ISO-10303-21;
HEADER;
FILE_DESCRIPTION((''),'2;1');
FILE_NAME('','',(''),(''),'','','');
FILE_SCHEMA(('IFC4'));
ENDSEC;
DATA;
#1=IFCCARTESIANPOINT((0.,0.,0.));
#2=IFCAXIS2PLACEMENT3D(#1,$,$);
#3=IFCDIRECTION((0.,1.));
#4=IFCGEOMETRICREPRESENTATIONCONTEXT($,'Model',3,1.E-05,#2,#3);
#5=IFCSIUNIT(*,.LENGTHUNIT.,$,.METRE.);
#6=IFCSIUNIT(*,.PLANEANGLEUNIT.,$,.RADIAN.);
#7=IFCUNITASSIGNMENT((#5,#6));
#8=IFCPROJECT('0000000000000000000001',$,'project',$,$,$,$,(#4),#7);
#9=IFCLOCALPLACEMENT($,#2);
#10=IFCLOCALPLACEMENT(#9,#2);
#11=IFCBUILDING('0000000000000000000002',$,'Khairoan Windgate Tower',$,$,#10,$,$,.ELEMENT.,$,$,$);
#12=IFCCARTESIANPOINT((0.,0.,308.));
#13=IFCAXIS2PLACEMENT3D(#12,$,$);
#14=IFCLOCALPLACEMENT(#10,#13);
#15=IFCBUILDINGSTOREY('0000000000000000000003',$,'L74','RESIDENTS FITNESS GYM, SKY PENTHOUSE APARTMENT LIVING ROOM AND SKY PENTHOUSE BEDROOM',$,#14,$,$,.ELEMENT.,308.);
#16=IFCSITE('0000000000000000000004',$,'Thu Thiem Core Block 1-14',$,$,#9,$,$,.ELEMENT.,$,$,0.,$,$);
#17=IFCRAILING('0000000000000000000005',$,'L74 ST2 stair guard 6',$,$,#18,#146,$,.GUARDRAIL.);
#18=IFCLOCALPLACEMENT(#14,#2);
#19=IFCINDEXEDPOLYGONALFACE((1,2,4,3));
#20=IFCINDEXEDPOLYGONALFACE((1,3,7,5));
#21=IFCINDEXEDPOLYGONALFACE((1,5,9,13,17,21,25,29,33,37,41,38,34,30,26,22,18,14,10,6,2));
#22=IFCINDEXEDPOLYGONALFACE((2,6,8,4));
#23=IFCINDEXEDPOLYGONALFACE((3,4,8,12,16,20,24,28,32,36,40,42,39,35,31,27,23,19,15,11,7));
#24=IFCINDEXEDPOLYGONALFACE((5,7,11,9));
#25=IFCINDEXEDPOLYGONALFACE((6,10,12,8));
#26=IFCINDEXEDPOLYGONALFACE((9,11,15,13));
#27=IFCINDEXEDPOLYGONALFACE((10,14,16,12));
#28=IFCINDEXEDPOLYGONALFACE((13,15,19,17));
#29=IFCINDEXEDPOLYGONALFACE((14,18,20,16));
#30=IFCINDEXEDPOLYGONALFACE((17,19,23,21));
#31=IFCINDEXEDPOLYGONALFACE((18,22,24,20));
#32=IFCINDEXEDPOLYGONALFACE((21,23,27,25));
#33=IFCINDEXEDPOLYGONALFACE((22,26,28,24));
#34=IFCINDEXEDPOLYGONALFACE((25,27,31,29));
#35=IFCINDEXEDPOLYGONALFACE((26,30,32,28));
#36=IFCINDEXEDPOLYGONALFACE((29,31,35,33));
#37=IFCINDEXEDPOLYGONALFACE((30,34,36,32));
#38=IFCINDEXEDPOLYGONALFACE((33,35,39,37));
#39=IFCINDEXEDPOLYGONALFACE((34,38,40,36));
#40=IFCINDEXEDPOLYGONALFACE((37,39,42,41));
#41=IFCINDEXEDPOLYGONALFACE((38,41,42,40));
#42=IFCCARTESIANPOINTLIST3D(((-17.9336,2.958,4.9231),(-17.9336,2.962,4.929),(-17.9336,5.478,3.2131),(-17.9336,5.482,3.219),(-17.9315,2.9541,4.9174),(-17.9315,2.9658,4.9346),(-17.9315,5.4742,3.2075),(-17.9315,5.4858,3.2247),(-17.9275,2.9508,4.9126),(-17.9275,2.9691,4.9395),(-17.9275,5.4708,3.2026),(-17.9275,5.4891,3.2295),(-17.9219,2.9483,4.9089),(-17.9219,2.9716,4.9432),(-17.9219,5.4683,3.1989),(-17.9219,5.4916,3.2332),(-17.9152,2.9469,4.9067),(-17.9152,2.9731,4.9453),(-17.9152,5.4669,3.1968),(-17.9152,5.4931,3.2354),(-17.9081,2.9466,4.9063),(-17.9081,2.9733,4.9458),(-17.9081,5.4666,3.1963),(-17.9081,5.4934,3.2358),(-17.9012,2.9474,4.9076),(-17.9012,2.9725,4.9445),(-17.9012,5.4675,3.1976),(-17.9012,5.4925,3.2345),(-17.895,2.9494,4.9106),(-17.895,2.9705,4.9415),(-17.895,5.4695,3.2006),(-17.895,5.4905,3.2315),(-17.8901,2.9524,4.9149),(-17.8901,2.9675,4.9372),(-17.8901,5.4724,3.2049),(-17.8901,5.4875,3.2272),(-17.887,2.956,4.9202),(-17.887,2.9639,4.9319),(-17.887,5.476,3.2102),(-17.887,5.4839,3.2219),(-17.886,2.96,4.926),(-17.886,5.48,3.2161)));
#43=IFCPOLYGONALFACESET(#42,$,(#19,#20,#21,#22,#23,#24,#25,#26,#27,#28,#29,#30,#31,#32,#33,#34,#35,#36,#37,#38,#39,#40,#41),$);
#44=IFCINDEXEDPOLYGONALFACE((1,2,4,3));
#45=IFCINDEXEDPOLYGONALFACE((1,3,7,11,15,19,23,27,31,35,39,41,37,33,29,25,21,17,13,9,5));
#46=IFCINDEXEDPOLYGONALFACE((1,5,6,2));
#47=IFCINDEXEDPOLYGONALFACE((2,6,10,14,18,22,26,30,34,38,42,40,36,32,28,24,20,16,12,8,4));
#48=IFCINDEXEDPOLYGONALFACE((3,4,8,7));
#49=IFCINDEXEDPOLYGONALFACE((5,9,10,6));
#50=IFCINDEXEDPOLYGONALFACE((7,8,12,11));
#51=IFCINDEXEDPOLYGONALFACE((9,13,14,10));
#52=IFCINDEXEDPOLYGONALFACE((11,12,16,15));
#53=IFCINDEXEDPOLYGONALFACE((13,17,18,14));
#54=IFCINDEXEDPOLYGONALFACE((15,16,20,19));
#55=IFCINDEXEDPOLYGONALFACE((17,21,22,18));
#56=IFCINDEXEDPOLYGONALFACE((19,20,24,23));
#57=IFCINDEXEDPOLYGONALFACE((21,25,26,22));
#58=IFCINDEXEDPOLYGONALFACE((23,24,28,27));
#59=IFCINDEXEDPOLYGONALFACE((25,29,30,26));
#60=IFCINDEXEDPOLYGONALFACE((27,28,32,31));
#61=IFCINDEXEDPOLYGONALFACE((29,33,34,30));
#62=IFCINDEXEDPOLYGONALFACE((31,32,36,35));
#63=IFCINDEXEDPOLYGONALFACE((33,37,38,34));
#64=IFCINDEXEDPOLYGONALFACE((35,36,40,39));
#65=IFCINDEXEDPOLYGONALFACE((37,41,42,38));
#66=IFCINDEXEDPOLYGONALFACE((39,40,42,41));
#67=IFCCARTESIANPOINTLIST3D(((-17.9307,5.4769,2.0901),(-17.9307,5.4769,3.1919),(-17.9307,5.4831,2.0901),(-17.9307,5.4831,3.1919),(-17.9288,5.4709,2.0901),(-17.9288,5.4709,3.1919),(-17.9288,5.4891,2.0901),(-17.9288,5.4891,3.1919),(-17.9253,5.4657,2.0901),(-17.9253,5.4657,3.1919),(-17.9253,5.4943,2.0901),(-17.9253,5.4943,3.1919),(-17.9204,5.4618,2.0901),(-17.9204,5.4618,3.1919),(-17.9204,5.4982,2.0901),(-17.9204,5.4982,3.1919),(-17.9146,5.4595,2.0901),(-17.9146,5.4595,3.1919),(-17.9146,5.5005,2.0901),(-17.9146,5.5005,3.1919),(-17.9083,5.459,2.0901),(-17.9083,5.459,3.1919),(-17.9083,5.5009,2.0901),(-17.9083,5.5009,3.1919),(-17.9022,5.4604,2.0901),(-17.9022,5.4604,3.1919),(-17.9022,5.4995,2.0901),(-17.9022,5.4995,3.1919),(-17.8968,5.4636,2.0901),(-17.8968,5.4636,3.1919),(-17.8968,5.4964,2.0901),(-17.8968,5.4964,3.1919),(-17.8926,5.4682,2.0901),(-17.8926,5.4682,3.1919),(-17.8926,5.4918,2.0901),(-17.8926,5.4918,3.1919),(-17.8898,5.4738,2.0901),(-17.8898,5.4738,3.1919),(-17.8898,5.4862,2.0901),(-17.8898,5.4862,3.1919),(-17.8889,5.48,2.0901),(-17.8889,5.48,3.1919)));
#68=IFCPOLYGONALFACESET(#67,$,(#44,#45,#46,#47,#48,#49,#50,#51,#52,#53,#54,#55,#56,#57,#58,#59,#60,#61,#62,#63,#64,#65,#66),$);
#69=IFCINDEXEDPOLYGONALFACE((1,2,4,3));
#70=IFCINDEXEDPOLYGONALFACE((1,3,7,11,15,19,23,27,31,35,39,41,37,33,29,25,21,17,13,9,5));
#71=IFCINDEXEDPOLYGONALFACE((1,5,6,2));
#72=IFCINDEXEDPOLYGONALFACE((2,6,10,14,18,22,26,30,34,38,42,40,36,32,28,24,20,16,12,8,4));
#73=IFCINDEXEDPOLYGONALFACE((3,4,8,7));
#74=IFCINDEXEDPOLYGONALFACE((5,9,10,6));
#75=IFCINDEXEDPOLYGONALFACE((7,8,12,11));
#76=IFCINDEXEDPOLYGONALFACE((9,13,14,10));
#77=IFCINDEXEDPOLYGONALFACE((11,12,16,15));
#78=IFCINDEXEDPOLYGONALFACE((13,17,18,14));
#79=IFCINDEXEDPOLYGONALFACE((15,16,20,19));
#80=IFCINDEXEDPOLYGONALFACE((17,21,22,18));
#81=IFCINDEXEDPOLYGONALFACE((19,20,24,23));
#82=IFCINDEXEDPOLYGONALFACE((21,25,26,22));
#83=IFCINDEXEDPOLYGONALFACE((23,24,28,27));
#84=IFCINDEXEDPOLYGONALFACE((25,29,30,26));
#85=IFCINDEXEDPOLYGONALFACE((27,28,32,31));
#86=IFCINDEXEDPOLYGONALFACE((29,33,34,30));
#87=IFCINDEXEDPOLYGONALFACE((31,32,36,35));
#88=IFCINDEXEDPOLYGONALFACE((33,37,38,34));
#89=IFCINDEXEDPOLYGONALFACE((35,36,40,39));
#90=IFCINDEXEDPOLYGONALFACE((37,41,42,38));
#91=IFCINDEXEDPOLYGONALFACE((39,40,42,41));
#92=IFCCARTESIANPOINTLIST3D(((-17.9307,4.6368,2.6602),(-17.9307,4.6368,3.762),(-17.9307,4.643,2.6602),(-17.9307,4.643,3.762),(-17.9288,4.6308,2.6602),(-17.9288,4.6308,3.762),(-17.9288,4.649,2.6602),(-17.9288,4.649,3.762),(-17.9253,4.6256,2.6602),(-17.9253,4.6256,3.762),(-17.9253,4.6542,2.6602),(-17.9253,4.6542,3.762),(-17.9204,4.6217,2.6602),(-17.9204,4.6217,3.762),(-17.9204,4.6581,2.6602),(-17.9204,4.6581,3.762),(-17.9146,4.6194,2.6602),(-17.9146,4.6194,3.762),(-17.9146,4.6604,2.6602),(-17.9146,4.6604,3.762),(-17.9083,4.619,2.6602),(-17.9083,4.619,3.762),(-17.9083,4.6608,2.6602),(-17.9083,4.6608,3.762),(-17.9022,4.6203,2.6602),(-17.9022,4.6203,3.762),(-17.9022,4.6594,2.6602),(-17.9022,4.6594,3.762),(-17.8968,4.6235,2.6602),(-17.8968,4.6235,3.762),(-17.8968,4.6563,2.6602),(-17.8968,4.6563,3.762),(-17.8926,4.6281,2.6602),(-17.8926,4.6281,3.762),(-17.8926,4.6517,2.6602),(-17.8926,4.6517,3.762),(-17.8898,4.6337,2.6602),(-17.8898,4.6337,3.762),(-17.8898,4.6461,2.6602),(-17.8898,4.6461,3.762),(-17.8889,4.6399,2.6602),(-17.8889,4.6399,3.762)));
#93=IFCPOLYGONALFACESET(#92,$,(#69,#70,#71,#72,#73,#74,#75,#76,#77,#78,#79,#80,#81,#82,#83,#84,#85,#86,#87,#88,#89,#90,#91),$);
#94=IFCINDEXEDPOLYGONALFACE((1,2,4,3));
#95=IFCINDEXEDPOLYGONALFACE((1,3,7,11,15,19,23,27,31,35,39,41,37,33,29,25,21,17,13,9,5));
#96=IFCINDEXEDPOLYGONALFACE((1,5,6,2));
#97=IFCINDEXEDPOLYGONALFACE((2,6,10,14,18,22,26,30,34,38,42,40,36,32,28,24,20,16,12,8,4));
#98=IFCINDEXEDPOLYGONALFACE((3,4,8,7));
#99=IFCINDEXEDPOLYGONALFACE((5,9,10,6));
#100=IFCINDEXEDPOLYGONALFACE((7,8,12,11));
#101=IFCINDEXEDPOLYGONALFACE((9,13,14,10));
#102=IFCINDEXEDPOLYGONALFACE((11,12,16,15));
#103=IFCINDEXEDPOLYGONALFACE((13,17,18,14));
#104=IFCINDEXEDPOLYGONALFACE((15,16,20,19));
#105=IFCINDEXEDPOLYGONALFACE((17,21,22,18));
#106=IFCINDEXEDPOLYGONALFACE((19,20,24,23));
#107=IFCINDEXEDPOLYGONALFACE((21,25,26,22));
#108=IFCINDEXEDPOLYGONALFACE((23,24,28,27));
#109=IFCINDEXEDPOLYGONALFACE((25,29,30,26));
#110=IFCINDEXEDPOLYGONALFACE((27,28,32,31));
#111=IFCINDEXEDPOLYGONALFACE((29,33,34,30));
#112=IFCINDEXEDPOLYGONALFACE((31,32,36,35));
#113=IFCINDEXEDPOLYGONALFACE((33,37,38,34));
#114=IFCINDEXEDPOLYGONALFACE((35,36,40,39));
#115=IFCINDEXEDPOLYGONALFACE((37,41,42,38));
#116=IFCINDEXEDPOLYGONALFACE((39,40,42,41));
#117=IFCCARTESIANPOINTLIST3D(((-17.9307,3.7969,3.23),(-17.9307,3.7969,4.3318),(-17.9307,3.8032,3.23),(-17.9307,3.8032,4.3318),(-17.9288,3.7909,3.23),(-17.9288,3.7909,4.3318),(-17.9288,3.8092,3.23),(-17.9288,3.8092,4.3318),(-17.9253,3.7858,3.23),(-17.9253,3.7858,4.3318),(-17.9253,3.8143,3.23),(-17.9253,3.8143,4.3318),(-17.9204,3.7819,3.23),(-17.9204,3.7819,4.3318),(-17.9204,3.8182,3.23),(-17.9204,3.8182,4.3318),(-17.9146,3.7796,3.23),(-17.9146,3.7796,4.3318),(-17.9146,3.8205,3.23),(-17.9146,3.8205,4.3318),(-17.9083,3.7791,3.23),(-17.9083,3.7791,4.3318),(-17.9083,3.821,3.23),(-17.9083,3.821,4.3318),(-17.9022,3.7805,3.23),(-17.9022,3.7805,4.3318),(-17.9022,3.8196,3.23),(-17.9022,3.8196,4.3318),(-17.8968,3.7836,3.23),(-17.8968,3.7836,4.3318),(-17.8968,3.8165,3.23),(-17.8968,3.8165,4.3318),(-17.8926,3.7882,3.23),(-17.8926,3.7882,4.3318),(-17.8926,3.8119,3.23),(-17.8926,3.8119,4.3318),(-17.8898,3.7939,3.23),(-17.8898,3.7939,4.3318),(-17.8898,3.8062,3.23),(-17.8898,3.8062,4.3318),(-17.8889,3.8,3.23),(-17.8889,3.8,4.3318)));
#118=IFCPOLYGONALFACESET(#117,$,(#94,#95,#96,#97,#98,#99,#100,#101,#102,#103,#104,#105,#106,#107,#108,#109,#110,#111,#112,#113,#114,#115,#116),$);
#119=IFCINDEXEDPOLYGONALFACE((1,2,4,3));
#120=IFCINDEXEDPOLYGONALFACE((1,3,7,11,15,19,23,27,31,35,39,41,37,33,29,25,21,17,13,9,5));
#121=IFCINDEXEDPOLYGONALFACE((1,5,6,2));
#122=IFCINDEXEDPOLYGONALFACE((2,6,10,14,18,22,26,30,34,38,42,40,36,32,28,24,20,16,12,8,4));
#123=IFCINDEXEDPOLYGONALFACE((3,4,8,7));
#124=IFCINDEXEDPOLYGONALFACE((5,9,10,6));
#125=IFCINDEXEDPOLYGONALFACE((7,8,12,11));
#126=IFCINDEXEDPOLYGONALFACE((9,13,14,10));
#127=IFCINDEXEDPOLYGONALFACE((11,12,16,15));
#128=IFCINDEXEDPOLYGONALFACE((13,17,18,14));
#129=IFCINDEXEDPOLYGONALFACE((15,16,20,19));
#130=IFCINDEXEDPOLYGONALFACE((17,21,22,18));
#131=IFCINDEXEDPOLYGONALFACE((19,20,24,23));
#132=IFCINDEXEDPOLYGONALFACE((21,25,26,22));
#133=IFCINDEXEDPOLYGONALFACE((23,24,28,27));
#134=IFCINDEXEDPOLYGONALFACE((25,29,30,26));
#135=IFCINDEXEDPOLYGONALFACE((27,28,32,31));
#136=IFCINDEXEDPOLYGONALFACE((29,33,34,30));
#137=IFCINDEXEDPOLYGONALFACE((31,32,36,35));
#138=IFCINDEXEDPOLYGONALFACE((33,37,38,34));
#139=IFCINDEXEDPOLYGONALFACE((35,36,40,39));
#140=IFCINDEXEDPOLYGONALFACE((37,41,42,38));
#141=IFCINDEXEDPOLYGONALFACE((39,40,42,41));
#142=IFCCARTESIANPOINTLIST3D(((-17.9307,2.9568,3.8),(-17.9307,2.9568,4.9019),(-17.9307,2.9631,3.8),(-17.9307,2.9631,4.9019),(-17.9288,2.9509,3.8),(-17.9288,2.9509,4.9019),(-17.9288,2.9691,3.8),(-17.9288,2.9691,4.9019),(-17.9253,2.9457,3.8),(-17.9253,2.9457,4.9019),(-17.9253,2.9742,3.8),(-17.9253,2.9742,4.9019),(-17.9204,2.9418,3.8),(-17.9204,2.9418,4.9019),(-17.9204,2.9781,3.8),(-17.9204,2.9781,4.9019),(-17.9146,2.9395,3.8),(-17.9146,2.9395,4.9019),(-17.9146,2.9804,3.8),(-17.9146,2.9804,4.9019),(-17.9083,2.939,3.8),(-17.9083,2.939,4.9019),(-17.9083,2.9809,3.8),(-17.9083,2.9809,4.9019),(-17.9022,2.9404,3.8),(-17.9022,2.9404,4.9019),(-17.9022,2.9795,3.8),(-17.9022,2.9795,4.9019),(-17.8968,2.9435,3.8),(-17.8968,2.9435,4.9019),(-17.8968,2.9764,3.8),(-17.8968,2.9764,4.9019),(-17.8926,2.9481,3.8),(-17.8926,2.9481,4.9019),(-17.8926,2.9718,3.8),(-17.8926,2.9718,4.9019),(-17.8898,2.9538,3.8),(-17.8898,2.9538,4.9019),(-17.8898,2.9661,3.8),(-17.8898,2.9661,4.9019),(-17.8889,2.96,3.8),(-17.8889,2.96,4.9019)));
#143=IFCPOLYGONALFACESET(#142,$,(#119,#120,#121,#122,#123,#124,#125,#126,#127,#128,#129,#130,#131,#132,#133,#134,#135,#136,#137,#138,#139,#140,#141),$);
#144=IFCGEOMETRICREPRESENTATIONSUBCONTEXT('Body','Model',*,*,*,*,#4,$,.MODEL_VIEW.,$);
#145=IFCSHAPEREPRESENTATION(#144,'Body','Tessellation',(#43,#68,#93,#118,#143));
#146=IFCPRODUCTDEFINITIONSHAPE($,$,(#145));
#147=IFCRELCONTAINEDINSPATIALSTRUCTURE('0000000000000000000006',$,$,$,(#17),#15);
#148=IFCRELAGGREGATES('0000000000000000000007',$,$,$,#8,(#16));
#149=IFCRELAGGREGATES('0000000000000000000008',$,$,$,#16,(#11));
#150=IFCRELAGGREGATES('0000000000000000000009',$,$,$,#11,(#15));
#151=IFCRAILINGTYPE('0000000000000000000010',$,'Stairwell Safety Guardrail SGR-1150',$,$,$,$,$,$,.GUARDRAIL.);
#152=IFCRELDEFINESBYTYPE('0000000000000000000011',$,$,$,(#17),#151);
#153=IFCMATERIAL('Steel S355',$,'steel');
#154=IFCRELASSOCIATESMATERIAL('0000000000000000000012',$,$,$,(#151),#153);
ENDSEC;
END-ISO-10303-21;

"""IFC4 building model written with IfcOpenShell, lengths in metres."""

from ifc_helpers import new_model, si_unit, direction, frame, origin, origin_2d, place, context, subcontext, project, spatial, circle, extrude, material, type_object, element, save


model = new_model("IFC4")

# Units and contexts
model_context = context("Model", 3, precision=1e-05, world=origin(), true_north=direction((0.0, 1.0)))
body_context = subcontext(model_context, "Body", "Model", "MODEL_VIEW")
ifc_project = project(units=[si_unit("LENGTHUNIT", "METRE"), si_unit("PLANEANGLEUNIT", "RADIAN")], contexts=[model_context])

# Site, building, storey
site_placement = place(None, origin())
site = spatial("IfcSite", under=ifc_project, at=site_placement, Name="Thu Thiem Core Block 1-14", CompositionType="ELEMENT", RefElevation=0.0)
building_placement = place(site_placement, origin())
building = spatial("IfcBuilding", under=site, at=building_placement, Name="Khairoan Windgate Tower", CompositionType="ELEMENT")
storey_placement = place(building_placement, frame((0.0, 0.0, 308.0)))
storey = spatial("IfcBuildingStorey", under=building, at=storey_placement, Name="L74", Description="RESIDENTS FITNESS GYM, SKY PENTHOUSE APARTMENT LIVING ROOM AND SKY PENTHOUSE BEDROOM", CompositionType="ELEMENT", Elevation=308.0)

# Railing
ifc_material_1 = material(Name="Steel S355", Category="steel")
railing_type_1 = type_object("IfcRailingType", Name="Stairwell Safety Guardrail SGR-1150", PredefinedType="GUARDRAIL", material=ifc_material_1)
railing_1_placement = place(storey_placement, frame((-17.9099, 5.48, 2.0901)))
element("IfcRailing", 1, at=railing_1_placement, inside=storey, type_object=railing_type_1, Name="L74 ST2 stair guard 6", PredefinedType="GUARDRAIL", context=body_context, shape_type="SweptSolid", body=[
    extrude(circle(Radius=0.0239, at=origin_2d()), frame((0.0, 0.0, 1.126), z_axis=(0.0, -0.827484, 0.56149), x_axis=(1.0, 0.0, 0.0)), (0.0, 0.0, 1.0), 3.0454),
    extrude(circle(Radius=0.021, at=origin_2d()), origin(), (0.0, 0.0, 1.0), 1.1018),
    extrude(circle(Radius=0.021, at=origin_2d()), frame((0.0, -0.8401, 0.5701)), (0.0, 0.0, 1.0), 1.1018),
    extrude(circle(Radius=0.021, at=origin_2d()), frame((0.0, -1.6799, 1.1399)), (0.0, 0.0, 1.0), 1.1018),
    extrude(circle(Radius=0.021, at=origin_2d()), frame((0.0, -2.52, 1.71)), (0.0, 0.0, 1.0), 1.1018),
])

save(model, "model.ifc")
